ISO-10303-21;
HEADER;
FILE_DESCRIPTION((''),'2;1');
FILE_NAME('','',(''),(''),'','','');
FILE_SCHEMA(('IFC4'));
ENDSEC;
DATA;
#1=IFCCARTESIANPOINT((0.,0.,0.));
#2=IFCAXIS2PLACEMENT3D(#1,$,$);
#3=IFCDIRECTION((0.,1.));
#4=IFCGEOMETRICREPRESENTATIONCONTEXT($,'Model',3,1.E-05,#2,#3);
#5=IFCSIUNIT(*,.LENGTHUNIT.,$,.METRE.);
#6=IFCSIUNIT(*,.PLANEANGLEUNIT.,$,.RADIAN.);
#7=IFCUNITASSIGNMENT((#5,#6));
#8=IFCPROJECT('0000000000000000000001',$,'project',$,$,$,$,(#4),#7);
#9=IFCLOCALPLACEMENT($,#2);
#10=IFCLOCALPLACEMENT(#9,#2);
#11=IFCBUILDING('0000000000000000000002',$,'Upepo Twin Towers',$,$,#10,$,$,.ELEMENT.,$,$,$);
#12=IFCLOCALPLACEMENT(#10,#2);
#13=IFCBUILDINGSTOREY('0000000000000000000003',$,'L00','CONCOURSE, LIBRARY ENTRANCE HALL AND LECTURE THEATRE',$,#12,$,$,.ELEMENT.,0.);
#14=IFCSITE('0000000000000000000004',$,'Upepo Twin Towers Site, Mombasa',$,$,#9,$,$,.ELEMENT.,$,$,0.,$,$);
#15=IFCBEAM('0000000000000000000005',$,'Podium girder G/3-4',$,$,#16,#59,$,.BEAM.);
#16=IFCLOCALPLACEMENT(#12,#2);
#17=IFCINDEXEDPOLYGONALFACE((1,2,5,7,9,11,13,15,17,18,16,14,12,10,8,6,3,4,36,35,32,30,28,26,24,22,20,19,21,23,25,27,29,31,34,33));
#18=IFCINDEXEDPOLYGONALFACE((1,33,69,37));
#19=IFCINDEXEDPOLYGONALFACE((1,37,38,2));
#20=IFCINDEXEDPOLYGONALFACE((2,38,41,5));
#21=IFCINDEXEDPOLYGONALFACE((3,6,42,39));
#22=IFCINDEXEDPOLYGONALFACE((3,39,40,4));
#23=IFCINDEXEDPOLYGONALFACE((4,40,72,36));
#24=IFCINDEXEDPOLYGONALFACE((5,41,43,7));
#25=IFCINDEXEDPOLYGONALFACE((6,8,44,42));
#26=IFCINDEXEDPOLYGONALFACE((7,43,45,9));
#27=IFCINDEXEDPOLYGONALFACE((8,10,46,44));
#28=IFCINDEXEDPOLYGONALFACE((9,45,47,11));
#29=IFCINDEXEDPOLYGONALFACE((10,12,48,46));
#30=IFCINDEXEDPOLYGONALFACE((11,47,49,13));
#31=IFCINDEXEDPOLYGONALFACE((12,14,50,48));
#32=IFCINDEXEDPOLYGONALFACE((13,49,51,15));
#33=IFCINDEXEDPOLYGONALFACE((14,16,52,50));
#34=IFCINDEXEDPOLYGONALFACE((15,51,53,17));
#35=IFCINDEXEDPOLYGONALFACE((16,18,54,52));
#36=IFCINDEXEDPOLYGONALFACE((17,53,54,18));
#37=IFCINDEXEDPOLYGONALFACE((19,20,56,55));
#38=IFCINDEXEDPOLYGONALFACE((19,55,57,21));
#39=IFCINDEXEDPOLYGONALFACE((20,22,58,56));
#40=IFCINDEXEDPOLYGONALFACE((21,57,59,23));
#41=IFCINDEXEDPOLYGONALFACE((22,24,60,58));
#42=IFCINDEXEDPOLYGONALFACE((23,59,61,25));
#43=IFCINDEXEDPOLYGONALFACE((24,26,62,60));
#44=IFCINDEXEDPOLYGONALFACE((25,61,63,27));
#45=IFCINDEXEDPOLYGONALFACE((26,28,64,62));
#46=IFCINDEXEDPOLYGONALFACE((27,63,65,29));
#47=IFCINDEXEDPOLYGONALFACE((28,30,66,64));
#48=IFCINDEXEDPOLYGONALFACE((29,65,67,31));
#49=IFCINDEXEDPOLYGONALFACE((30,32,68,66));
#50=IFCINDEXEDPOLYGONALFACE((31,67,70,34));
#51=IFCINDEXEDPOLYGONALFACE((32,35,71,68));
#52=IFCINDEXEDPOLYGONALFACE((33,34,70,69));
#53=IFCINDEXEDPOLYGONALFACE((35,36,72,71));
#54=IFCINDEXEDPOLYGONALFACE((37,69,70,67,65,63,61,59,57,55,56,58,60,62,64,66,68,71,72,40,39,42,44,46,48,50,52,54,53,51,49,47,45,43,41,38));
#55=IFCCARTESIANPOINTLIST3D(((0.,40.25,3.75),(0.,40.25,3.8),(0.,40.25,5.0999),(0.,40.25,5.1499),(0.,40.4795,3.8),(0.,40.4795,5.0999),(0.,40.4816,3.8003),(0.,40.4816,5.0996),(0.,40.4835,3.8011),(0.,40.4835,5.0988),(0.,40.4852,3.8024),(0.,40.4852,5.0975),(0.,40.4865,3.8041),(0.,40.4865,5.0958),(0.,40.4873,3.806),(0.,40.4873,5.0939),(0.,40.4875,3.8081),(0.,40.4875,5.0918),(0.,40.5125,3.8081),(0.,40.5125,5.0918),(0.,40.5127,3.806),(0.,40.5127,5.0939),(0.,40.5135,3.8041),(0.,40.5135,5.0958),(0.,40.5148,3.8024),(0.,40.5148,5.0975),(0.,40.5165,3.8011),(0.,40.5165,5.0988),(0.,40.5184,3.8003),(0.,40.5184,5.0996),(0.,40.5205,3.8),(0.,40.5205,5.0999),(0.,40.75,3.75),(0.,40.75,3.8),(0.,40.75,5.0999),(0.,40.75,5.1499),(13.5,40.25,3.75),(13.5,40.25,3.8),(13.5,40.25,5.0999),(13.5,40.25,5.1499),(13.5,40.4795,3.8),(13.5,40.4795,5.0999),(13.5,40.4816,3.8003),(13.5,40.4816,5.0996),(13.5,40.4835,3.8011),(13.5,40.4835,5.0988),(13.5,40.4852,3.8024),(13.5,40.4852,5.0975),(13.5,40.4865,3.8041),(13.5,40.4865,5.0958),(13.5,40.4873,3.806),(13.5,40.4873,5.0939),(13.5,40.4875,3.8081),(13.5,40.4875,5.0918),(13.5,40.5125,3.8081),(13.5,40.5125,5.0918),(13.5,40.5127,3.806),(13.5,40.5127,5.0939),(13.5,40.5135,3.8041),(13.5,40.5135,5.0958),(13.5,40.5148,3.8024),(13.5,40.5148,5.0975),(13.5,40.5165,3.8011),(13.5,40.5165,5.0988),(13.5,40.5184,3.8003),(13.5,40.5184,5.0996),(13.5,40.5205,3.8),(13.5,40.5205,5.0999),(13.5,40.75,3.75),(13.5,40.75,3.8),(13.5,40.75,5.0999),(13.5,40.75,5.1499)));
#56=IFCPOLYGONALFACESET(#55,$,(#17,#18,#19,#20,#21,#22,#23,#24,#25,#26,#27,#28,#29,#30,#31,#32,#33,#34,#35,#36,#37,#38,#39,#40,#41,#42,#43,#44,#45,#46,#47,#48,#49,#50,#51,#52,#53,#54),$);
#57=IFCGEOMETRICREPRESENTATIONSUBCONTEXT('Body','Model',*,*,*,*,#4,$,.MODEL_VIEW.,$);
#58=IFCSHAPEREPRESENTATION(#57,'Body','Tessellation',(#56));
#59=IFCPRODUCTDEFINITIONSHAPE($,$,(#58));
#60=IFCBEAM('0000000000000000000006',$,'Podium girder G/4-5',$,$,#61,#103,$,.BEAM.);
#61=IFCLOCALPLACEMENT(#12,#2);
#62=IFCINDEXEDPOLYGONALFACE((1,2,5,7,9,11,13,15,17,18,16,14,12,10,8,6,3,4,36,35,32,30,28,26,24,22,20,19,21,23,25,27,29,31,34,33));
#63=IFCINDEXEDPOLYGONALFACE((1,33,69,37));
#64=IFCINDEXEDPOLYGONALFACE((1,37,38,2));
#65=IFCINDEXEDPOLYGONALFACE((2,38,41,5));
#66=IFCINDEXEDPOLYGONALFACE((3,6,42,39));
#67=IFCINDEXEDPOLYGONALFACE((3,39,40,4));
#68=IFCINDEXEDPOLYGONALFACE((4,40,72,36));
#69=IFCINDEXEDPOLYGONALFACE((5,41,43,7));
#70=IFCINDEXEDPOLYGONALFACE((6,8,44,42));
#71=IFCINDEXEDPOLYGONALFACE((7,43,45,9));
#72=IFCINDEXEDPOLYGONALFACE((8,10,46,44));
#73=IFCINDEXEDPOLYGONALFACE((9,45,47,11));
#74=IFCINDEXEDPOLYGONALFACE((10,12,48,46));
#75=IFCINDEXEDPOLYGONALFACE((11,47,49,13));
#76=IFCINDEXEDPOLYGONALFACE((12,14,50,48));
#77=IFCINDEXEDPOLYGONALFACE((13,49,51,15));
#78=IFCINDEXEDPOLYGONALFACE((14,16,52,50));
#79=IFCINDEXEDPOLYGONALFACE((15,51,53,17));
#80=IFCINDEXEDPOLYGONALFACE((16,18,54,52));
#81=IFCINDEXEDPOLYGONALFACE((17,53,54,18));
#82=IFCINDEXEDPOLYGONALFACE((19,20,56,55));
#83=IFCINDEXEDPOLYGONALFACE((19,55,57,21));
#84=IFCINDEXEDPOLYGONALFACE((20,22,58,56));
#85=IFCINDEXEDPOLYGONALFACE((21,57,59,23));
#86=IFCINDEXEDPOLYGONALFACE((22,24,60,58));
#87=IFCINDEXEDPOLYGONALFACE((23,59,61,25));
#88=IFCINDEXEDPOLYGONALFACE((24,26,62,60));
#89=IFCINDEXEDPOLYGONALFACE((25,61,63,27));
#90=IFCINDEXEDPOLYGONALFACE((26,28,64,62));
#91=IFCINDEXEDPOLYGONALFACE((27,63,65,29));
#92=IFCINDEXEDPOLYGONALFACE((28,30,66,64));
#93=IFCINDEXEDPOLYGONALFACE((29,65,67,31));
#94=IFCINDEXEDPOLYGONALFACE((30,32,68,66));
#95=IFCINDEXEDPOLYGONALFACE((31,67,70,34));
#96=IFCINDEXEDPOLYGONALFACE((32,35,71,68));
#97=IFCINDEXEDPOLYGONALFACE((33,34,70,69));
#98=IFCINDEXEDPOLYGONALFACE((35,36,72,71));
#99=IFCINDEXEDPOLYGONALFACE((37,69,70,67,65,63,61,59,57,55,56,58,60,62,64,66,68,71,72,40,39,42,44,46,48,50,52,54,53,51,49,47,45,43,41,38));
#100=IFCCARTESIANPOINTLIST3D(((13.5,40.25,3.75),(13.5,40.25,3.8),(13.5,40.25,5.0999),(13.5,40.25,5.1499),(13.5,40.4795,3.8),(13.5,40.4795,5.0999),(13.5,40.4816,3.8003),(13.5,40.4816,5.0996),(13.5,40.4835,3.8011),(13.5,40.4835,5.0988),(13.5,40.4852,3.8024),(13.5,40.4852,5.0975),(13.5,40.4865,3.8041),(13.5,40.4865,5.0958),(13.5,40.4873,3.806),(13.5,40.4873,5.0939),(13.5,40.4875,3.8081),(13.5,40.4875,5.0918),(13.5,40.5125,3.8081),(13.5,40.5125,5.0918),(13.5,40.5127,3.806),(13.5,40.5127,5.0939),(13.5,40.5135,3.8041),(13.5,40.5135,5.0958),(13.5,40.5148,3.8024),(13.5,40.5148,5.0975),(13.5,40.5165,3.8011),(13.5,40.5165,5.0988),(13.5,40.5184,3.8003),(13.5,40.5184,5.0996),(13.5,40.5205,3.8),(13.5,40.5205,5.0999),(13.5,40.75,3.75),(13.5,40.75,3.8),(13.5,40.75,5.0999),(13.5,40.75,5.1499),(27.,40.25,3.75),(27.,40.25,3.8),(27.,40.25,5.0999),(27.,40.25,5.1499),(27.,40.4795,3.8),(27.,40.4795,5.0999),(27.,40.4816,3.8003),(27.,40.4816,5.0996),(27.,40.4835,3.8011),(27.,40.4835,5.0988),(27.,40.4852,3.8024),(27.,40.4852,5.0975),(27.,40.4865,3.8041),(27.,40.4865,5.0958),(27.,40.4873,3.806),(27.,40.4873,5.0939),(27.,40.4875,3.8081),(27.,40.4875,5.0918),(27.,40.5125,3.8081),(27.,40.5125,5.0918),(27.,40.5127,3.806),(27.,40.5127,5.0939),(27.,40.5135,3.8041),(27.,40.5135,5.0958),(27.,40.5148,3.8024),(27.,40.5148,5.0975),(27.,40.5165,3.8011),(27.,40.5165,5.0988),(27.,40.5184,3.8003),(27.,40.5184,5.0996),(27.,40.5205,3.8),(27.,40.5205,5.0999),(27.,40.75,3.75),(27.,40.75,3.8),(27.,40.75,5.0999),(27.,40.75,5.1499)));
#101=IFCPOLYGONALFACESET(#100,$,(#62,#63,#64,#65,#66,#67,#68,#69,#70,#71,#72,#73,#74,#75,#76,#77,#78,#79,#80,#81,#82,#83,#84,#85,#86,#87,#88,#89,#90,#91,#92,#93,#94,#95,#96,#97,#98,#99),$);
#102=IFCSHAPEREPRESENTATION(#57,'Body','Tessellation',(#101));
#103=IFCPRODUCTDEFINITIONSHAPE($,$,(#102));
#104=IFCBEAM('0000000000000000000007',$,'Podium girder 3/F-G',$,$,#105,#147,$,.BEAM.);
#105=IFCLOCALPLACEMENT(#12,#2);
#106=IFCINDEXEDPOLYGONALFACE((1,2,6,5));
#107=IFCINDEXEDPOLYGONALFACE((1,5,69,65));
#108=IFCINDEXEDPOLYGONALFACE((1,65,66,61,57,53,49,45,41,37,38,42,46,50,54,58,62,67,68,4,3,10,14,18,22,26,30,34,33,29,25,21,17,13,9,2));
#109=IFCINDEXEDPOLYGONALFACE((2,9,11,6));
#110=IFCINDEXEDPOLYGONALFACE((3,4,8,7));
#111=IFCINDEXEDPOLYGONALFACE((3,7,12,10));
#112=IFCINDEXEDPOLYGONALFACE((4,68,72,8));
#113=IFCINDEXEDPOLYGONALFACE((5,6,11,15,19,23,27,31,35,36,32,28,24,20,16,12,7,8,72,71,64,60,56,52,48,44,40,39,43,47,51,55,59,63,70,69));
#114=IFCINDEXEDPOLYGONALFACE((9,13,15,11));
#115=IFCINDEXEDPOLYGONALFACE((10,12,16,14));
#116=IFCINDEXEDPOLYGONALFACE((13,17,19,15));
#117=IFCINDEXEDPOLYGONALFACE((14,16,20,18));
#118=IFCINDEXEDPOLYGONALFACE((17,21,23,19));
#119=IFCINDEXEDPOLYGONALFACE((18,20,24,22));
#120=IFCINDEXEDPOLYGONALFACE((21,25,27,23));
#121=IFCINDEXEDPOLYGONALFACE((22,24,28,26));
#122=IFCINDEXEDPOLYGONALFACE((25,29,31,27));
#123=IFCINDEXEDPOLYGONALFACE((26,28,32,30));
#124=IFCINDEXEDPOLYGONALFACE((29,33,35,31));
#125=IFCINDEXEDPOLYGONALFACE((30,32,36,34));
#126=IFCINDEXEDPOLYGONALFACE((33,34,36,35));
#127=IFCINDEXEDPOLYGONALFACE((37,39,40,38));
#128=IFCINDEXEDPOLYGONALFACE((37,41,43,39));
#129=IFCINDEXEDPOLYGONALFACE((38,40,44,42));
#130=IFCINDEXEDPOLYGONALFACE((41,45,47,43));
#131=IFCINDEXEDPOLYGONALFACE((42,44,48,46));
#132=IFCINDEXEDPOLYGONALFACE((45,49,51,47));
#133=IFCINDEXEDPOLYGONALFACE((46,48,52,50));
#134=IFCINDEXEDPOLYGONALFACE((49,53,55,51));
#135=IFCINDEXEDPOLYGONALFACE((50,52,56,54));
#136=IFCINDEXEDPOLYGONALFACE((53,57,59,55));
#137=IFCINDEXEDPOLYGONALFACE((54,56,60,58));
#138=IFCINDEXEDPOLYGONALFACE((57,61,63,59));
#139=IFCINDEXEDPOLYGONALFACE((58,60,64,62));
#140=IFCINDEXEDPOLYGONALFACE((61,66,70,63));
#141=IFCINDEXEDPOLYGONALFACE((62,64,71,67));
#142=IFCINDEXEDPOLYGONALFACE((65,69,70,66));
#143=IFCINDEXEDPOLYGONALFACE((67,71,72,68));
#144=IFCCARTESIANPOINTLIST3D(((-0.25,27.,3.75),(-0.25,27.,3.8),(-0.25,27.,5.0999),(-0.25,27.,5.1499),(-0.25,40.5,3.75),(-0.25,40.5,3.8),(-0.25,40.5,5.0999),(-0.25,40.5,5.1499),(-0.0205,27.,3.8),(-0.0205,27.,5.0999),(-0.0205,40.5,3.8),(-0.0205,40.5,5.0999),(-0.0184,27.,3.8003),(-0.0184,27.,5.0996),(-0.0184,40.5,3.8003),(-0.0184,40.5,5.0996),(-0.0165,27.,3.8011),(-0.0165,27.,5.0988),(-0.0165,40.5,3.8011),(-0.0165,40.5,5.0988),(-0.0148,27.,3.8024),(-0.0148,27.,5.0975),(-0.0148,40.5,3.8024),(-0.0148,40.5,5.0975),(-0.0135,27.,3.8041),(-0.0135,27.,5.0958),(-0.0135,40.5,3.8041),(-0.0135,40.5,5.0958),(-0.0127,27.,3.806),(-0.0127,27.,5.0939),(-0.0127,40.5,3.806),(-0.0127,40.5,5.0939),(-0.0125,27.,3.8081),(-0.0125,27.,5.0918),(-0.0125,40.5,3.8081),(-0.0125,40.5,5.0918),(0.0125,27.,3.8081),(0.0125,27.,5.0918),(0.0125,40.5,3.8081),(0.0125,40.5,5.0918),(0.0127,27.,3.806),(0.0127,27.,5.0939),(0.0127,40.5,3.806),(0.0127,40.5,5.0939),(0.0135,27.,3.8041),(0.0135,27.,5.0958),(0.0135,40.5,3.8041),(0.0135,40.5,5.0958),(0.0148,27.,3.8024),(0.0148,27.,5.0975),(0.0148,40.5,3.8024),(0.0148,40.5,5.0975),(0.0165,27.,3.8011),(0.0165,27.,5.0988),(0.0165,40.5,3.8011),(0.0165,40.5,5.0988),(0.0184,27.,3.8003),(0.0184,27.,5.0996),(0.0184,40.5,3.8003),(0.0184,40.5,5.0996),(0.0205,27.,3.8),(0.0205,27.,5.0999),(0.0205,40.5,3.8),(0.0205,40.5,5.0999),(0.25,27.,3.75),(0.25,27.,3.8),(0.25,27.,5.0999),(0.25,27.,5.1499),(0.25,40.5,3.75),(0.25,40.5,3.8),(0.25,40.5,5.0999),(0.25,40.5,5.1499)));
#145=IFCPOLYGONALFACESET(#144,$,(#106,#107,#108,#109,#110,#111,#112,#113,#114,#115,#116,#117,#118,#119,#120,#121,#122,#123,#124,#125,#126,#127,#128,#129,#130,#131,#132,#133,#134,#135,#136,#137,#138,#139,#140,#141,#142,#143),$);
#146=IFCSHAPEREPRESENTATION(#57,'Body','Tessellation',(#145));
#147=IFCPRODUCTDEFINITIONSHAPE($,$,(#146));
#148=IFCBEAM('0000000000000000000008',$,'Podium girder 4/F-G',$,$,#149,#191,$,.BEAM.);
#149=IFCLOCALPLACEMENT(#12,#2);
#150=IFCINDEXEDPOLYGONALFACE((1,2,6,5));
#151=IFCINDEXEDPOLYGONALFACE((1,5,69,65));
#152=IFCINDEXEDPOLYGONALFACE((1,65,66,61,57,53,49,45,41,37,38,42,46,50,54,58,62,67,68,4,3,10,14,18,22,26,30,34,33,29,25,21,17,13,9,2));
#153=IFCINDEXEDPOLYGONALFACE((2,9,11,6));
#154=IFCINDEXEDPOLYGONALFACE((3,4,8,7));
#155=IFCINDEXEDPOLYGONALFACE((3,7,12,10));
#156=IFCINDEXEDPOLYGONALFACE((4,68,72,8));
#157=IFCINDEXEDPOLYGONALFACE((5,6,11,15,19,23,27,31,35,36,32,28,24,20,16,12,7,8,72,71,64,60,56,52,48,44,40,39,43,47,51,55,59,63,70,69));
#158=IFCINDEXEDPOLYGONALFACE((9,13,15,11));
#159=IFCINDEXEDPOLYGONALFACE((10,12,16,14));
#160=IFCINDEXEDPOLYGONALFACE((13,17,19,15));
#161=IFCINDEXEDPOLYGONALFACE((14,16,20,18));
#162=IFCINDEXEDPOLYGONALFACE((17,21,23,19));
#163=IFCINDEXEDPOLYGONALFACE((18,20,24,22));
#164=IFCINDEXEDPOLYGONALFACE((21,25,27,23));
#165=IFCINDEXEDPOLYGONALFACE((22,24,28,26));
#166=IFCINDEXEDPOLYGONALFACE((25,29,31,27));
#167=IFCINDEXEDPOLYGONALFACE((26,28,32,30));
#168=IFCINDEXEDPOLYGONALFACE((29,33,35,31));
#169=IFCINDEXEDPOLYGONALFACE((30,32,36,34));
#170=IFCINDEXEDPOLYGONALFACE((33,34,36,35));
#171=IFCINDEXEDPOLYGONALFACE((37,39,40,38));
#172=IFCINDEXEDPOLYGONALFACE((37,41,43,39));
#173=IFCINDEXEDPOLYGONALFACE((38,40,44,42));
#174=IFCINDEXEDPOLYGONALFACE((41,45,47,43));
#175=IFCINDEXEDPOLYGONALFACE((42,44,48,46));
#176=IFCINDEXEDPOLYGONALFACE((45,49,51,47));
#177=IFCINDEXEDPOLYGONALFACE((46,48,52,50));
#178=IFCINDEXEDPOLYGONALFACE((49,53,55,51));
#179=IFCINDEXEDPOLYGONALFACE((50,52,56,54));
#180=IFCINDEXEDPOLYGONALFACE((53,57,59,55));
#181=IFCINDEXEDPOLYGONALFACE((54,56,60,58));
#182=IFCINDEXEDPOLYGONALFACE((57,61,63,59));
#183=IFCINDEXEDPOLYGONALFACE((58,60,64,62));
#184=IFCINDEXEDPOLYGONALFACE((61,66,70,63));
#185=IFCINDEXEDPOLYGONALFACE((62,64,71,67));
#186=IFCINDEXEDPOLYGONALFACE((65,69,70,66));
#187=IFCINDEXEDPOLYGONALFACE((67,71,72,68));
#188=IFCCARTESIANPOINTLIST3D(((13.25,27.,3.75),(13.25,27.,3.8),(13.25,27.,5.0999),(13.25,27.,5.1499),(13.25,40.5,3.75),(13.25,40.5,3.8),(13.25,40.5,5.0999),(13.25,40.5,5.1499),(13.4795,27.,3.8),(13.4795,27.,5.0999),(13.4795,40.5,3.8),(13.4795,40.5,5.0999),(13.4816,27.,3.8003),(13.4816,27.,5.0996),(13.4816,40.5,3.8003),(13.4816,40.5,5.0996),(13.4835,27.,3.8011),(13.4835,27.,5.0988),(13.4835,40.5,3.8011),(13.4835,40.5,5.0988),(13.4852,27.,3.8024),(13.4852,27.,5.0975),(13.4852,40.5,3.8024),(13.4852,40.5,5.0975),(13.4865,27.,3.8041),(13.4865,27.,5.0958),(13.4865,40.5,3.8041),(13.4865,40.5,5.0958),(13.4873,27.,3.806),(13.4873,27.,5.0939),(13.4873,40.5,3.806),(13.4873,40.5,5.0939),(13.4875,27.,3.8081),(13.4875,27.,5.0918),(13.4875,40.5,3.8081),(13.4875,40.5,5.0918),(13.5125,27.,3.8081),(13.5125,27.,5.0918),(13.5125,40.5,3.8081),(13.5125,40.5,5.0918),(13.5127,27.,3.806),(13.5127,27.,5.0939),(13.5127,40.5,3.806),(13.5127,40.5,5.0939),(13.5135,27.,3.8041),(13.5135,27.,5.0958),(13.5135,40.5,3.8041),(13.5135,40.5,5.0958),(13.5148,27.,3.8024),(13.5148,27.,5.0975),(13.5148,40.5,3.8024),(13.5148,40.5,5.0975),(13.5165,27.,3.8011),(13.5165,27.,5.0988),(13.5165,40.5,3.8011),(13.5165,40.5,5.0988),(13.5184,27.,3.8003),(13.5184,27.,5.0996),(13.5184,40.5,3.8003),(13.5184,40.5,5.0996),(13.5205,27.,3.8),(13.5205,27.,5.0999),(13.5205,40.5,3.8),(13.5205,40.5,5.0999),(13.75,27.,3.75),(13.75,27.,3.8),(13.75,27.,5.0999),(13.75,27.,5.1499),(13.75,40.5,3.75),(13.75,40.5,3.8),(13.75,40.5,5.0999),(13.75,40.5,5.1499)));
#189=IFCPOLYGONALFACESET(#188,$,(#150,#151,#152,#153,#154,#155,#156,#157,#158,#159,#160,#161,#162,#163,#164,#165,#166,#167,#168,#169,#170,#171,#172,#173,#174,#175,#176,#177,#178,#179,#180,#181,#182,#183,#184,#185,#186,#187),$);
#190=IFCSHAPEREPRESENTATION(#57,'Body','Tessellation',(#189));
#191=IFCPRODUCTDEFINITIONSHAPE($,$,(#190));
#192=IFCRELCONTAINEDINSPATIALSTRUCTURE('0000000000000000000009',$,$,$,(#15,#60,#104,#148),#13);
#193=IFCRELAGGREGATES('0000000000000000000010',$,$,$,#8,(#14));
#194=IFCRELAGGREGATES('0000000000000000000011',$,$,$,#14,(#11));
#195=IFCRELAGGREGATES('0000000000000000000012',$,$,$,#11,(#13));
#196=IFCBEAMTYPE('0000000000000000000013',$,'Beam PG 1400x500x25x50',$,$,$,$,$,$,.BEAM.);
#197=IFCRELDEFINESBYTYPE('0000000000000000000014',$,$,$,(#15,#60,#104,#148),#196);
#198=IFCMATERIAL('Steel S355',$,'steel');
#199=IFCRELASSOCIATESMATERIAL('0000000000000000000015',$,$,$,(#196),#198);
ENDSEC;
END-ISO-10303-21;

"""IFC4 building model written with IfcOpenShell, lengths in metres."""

from ifc_helpers import new_model, si_unit, direction, frame, origin, origin_2d, place, context, subcontext, project, spatial, i_section, extrude, material, material_profile, profile_set, type_object, element, save


model = new_model("IFC4")

# Units and contexts
model_context = context("Model", 3, precision=1e-05, world=origin(), true_north=direction((0.0, 1.0)))
body_context = subcontext(model_context, "Body", "Model", "MODEL_VIEW")
ifc_project = project(units=[si_unit("LENGTHUNIT", "METRE"), si_unit("PLANEANGLEUNIT", "RADIAN")], contexts=[model_context])

# Site, building, storey
site_placement = place(None, origin())
site = spatial("IfcSite", under=ifc_project, at=site_placement, Name="Upepo Twin Towers Site, Mombasa", CompositionType="ELEMENT", RefElevation=0.0)
building_placement = place(site_placement, origin())
building = spatial("IfcBuilding", under=site, at=building_placement, Name="Upepo Twin Towers", CompositionType="ELEMENT")
storey_placement = place(building_placement, origin())
storey = spatial("IfcBuildingStorey", under=building, at=storey_placement, Name="L00", Description="CONCOURSE, LIBRARY ENTRANCE HALL AND LECTURE THEATRE", CompositionType="ELEMENT", Elevation=0.0)

# Beams
ifc_material_1 = material(Name="Steel S355", Category="steel")
ifc_material_profile_1 = material_profile(ifc_material_1, i_section(OverallWidth=0.5, OverallDepth=1.3999, WebThickness=0.0249, FlangeThickness=0.05, FilletRadius=0.0081, at=origin_2d()), Name="PG 1400x500x25x50")
ifc_profile_set_1 = profile_set([ifc_material_profile_1], Name="Steel S355")
beam_type_1 = type_object("IfcBeamType", Name="Beam PG 1400x500x25x50", PredefinedType="BEAM", material=ifc_profile_set_1)
for number, where, z_axis, x_axis, name in (
    (1, (0.0, 40.5, 4.45), (1.0, 0.0, 0.0), (0.0, 1.0, 0.0), "Podium girder G/3-4"),
    (2, (13.5, 40.5, 4.45), (1.0, 0.0, 0.0), (0.0, 1.0, 0.0), "Podium girder G/4-5"),
    (3, (0.0, 27.0, 4.45), (0.0, 1.0, 0.0), (-1.0, 0.0, 0.0), "Podium girder 3/F-G"),
    (4, (13.5, 27.0, 4.45), (0.0, 1.0, 0.0), (-1.0, 0.0, 0.0), "Podium girder 4/F-G"),
):
    element("IfcBeam", number, at=place(storey_placement, frame(where, z_axis=z_axis, x_axis=x_axis)), inside=storey, type_object=beam_type_1, Name=name, PredefinedType="BEAM", context=body_context, shape_type="SweptSolid", body=[
        extrude(i_section(OverallWidth=0.5, OverallDepth=1.3999, WebThickness=0.0249, FlangeThickness=0.05, FilletRadius=0.0081, at=origin_2d()), origin(), (0.0, 0.0, 1.0), 13.5),
    ])

save(model, "model.ifc")
